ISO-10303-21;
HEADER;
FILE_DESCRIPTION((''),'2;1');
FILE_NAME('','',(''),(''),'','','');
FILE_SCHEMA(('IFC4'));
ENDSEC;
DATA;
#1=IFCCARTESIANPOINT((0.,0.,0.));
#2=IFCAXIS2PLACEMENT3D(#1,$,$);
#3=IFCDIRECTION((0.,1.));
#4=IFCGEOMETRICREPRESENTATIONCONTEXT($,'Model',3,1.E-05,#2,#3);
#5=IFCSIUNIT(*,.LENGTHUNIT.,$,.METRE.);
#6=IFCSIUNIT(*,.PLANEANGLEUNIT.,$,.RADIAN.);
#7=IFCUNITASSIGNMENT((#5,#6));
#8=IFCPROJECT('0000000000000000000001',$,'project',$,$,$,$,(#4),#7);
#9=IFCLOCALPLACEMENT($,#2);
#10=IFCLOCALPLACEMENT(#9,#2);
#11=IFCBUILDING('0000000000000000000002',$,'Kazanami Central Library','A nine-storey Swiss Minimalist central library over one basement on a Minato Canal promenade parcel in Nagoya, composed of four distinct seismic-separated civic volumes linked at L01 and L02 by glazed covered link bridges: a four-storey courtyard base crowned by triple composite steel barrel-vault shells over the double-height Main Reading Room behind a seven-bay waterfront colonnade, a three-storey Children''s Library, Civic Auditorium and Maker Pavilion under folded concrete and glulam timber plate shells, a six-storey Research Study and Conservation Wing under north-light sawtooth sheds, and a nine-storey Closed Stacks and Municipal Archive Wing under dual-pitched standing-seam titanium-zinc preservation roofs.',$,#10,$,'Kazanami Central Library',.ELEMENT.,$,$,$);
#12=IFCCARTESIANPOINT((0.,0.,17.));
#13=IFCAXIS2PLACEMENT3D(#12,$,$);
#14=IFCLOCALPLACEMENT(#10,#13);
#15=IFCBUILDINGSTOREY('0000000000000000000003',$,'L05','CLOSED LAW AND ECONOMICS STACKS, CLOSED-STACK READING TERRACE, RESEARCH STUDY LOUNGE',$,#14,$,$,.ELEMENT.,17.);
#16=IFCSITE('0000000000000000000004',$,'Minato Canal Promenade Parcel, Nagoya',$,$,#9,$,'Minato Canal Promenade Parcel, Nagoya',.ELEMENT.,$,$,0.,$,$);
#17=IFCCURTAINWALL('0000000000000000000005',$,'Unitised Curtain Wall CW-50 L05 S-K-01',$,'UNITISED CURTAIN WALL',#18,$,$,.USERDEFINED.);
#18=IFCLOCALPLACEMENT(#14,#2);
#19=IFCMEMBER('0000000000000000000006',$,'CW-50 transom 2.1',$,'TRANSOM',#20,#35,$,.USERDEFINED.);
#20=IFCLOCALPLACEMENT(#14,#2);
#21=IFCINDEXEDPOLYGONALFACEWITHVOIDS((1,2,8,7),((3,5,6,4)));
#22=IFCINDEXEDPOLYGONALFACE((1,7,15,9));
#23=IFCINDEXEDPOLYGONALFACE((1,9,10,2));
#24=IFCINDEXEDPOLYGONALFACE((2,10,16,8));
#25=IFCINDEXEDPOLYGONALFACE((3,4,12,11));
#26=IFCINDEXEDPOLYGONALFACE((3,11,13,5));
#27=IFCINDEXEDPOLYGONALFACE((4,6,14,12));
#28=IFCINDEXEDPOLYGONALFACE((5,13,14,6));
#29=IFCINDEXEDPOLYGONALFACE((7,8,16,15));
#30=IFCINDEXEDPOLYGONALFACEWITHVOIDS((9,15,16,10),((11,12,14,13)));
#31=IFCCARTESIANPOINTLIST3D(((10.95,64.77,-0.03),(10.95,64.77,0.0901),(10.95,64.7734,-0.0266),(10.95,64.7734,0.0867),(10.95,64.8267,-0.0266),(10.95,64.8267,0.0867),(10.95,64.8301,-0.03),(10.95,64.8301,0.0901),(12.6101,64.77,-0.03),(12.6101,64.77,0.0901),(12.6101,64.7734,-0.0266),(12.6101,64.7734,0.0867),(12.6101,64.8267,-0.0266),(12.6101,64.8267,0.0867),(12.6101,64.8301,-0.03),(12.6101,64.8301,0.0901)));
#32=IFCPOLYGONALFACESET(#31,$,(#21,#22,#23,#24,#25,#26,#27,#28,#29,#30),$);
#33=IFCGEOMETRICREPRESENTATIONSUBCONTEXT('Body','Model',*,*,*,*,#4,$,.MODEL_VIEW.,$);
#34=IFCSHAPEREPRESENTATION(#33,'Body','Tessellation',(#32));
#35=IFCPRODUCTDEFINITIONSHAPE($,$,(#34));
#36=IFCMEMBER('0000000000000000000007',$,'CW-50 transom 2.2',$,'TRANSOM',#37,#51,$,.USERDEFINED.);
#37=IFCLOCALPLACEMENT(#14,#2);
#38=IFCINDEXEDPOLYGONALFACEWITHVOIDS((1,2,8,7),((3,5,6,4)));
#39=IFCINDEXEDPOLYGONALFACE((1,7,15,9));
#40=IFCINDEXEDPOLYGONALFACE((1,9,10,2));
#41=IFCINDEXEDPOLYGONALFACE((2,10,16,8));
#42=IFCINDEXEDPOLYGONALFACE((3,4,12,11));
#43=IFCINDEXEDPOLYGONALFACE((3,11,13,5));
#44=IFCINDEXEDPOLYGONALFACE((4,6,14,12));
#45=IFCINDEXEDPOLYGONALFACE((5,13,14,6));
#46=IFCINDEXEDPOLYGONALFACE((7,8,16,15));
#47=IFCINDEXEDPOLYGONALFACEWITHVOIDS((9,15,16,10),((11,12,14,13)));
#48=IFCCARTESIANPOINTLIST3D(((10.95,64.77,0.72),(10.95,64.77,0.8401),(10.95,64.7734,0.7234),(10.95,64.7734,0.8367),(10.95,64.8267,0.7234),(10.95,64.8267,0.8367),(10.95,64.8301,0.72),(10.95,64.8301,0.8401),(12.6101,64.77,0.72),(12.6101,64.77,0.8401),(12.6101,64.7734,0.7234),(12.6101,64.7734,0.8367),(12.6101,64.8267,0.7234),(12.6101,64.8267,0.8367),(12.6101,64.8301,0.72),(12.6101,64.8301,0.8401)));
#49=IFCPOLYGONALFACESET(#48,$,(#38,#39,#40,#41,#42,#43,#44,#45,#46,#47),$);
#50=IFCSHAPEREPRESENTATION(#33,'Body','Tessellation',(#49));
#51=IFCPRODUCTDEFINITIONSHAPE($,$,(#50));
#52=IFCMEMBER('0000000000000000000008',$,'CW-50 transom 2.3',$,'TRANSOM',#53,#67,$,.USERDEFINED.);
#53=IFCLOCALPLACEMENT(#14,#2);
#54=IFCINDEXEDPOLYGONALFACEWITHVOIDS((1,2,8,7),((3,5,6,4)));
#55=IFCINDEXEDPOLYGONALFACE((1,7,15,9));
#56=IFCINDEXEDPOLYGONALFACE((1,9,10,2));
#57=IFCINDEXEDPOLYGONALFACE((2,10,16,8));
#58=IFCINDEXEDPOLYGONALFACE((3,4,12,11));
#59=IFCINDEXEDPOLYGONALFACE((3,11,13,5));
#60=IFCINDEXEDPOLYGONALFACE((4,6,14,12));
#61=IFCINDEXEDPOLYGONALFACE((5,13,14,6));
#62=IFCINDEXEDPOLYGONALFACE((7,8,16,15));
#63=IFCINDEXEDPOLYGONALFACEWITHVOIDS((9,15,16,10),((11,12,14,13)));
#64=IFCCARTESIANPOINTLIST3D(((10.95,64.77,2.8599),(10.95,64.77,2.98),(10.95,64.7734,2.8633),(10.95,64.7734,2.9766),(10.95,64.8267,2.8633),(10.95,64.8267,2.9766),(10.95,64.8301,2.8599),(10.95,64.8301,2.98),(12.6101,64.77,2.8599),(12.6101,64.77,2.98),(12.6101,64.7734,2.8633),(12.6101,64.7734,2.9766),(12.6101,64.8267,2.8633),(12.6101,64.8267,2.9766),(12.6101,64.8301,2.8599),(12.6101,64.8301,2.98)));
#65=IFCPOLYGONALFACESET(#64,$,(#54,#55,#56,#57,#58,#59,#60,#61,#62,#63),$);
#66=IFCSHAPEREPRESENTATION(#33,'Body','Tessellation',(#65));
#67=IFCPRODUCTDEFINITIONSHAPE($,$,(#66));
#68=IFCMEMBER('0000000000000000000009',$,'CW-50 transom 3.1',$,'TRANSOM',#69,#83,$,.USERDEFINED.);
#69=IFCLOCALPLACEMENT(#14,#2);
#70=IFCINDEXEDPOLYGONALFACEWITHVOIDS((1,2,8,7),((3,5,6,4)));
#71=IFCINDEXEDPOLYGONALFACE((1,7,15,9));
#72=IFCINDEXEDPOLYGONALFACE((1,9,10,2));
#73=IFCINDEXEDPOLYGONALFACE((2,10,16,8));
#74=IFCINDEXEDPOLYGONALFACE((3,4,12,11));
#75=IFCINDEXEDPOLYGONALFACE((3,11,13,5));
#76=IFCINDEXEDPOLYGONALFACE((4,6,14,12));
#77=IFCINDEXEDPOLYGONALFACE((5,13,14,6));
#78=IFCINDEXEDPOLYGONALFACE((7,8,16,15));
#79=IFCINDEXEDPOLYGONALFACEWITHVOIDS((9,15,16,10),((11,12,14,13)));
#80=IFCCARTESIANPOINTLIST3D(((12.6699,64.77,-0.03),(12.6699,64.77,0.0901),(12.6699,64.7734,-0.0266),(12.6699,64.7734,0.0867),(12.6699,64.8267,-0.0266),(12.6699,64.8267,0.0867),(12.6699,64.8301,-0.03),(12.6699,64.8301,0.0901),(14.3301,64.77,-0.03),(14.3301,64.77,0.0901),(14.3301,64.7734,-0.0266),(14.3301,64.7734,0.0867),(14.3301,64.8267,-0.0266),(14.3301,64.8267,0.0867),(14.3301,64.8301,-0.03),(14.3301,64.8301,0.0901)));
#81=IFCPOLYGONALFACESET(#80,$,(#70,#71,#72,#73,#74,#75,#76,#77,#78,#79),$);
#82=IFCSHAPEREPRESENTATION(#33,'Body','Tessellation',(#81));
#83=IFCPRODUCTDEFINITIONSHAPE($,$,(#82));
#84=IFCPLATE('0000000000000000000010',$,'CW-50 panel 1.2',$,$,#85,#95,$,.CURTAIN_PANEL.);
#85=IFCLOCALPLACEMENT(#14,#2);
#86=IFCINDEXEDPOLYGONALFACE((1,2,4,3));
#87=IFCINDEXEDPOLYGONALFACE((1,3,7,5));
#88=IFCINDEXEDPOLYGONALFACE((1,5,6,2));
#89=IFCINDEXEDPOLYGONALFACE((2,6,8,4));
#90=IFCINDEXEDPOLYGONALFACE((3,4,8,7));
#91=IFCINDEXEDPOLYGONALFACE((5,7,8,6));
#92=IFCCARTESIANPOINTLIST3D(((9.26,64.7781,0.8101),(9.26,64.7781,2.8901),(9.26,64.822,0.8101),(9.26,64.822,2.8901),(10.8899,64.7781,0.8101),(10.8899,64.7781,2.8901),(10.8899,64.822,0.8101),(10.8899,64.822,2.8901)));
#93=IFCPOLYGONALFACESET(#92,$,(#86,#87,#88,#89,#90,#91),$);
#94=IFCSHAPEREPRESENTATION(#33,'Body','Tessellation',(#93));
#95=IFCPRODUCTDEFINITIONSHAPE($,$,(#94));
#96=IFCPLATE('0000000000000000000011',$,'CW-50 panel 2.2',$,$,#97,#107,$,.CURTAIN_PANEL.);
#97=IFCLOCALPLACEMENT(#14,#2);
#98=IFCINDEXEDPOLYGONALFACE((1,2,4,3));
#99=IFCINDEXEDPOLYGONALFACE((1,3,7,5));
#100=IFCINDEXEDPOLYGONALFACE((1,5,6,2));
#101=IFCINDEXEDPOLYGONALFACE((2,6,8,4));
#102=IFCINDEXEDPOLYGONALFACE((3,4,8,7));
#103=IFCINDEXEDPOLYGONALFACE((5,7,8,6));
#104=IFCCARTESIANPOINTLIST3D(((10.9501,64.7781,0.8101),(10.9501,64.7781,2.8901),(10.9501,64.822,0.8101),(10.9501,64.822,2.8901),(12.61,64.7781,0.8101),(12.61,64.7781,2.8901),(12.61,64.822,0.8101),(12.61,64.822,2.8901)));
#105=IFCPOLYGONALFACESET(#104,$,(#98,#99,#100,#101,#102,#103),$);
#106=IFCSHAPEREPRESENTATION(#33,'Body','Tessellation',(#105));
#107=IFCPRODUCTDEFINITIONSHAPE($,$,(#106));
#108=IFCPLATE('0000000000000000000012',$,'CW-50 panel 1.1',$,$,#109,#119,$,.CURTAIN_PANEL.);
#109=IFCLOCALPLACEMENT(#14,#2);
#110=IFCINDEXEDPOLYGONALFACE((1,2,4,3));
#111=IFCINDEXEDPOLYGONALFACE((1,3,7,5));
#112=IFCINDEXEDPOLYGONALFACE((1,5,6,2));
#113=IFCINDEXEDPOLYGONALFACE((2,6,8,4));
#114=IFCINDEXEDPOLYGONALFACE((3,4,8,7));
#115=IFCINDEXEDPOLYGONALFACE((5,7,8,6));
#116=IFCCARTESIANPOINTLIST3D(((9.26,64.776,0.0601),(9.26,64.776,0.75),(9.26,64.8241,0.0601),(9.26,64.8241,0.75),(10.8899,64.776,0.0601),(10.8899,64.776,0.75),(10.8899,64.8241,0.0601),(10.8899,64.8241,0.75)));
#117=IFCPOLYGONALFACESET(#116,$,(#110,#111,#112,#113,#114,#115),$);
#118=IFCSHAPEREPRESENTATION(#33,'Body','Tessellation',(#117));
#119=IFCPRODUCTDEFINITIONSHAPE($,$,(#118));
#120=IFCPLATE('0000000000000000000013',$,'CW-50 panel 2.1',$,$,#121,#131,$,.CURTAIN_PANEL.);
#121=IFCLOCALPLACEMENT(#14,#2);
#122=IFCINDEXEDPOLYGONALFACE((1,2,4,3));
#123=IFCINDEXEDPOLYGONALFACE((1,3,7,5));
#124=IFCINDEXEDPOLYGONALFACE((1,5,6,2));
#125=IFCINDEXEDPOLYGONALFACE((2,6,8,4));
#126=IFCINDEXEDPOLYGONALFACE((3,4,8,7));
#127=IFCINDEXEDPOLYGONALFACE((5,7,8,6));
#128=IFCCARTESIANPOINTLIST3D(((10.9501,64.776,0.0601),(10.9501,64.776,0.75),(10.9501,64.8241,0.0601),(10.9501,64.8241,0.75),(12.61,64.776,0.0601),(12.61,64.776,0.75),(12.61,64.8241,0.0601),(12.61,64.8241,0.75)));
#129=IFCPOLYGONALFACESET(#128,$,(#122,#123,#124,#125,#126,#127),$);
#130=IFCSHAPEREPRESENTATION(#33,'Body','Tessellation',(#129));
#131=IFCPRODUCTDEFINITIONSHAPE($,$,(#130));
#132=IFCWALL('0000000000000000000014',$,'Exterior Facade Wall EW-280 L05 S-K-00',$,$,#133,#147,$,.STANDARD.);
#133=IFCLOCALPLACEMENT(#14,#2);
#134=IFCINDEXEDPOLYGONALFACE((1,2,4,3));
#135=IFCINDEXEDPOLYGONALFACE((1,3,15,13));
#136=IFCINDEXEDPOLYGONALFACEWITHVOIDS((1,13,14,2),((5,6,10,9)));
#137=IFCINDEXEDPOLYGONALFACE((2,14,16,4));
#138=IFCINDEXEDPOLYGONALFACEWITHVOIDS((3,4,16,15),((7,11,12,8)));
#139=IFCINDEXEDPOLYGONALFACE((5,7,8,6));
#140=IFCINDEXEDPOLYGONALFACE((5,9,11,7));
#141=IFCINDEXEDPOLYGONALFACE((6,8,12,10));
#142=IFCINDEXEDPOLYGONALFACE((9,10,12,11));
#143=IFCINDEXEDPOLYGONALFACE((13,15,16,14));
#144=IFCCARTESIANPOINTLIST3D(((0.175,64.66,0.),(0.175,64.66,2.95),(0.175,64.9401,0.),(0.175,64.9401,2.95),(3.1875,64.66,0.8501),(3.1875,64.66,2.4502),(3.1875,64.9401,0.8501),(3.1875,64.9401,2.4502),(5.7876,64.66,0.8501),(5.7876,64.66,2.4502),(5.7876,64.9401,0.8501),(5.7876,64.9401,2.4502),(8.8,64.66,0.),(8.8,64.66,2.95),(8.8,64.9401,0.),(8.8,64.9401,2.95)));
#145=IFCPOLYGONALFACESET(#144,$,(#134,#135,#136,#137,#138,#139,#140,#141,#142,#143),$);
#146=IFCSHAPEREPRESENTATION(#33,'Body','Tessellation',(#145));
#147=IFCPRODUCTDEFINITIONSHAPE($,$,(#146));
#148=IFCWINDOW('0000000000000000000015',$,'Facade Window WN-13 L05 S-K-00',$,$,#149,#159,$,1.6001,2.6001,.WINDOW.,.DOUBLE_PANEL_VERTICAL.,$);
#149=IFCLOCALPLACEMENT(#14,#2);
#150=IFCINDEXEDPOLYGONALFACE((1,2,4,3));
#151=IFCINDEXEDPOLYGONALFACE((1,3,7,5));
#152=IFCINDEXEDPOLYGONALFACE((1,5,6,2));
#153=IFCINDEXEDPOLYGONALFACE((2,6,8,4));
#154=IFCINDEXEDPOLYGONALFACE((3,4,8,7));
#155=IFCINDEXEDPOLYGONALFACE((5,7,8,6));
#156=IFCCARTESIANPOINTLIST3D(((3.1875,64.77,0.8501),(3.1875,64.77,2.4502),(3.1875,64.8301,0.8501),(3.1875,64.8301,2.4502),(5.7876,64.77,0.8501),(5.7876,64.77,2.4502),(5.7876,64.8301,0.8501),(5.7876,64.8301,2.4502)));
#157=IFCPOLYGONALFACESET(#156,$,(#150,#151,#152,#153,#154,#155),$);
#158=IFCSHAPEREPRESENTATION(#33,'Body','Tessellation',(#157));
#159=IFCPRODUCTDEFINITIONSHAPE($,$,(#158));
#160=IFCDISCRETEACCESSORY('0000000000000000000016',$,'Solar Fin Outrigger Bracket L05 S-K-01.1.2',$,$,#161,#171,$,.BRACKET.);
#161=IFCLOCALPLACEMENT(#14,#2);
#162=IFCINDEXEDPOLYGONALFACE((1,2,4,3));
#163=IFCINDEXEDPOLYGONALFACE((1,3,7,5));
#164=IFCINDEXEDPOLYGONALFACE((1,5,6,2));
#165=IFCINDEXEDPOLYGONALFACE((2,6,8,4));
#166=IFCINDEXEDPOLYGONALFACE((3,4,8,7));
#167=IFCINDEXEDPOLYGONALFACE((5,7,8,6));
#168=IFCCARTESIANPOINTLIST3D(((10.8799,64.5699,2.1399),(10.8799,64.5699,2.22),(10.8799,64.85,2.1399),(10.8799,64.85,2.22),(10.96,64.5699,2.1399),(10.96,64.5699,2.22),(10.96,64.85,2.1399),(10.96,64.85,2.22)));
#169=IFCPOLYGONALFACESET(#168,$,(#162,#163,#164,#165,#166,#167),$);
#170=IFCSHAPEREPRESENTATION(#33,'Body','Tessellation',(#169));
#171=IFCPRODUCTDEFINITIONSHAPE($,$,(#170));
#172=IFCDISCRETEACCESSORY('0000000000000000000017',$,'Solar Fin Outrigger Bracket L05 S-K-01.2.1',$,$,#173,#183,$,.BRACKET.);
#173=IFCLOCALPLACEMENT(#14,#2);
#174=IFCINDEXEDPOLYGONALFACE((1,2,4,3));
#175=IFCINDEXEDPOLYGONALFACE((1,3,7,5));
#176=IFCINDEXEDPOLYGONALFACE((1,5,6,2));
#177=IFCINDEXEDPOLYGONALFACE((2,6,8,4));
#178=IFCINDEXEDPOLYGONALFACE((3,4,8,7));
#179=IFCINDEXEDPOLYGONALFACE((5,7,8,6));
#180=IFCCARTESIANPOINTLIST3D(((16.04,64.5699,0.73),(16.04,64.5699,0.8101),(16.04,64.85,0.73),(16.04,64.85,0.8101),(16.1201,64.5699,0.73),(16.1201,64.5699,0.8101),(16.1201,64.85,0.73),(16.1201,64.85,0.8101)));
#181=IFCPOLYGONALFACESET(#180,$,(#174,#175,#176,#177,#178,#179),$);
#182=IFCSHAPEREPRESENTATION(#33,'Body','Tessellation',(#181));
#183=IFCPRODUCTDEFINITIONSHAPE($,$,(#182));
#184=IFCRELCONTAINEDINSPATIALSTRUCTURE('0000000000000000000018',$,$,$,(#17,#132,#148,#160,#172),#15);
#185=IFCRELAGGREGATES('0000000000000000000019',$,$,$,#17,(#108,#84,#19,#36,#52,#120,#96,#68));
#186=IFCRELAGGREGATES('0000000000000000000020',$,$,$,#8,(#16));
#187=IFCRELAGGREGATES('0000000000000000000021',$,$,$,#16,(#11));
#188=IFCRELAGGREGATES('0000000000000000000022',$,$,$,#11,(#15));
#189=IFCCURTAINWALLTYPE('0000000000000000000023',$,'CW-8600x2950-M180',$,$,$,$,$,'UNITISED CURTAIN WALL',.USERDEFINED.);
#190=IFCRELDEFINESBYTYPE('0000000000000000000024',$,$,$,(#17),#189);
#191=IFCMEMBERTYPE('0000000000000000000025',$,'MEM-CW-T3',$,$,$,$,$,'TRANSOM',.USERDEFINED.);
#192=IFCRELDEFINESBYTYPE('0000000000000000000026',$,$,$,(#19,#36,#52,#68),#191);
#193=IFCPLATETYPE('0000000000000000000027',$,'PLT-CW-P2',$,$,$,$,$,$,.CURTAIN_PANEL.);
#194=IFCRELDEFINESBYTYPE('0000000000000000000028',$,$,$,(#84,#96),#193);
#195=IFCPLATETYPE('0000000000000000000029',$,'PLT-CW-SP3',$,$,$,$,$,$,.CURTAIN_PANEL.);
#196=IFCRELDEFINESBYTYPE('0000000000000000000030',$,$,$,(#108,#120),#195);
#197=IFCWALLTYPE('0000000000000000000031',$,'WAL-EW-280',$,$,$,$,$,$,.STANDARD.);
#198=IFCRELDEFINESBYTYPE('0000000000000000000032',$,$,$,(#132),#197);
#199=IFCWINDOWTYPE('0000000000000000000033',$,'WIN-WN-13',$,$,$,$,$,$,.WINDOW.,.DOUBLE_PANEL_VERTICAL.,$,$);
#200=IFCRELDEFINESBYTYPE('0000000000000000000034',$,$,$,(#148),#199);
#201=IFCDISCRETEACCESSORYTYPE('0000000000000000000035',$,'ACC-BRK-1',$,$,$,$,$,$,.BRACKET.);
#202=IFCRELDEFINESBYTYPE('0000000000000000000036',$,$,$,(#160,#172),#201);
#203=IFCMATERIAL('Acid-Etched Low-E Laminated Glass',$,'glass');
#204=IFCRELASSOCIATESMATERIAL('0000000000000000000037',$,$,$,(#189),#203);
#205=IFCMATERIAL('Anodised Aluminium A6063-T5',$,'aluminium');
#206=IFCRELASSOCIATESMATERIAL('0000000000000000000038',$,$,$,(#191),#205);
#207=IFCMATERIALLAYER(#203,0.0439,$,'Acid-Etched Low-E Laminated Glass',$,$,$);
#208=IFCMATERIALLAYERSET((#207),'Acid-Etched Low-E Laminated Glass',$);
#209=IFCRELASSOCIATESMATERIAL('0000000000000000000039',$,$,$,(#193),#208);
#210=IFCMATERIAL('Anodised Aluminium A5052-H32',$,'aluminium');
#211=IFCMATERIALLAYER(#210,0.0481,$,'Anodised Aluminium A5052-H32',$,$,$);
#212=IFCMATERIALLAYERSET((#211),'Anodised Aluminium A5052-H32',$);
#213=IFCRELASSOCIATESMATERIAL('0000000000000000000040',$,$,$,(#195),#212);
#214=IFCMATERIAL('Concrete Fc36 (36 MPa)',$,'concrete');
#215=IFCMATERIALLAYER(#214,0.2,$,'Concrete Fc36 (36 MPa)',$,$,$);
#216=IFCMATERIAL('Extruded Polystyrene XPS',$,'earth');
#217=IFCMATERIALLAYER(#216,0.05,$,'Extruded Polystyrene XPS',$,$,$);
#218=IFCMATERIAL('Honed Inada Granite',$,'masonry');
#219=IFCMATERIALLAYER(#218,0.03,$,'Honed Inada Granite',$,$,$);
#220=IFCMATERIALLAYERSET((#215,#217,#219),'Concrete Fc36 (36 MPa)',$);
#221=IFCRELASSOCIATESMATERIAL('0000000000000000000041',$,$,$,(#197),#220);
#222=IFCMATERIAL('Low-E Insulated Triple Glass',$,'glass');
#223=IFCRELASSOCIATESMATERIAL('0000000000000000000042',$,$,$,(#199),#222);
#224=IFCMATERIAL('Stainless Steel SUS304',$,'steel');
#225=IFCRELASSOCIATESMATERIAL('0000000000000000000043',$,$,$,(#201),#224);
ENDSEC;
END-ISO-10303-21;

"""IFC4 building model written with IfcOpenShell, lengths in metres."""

from ifc_helpers import new_model, si_unit, direction, frame, frame_2d, origin, origin_2d, place, context, subcontext, project, spatial, rectangle, hollow_rectangle, extrude, material, layer, layer_set, material_profile, profile_set, type_object, element, fill, aggregate, save


model = new_model("IFC4")

# Units and contexts
model_context = context("Model", 3, precision=1e-05, world=origin(), true_north=direction((0.0, 1.0)))
body_context = subcontext(model_context, "Body", "Model", "MODEL_VIEW")
ifc_project = project(units=[si_unit("LENGTHUNIT", "METRE"), si_unit("PLANEANGLEUNIT", "RADIAN")], contexts=[model_context])

# Site, building, storey
site_placement = place(None, origin())
site = spatial("IfcSite", under=ifc_project, at=site_placement, Name="Minato Canal Promenade Parcel, Nagoya", LongName="Minato Canal Promenade Parcel, Nagoya", CompositionType="ELEMENT", RefElevation=0.0)
building_placement = place(site_placement, origin())
building = spatial("IfcBuilding", under=site, at=building_placement, Name="Kazanami Central Library", Description="A nine-storey Swiss Minimalist central library over one basement on a Minato Canal promenade parcel in Nagoya, composed of four distinct seismic-separated civic volumes linked at L01 and L02 by glazed covered link bridges: a four-storey courtyard base crowned by triple composite steel barrel-vault shells over the double-height Main Reading Room behind a seven-bay waterfront colonnade, a three-storey Children's Library, Civic Auditorium and Maker Pavilion under folded concrete and glulam timber plate shells, a six-storey Research Study and Conservation Wing under north-light sawtooth sheds, and a nine-storey Closed Stacks and Municipal Archive Wing under dual-pitched standing-seam titanium-zinc preservation roofs.", LongName="Kazanami Central Library", CompositionType="ELEMENT")
storey_placement = place(building_placement, frame((0.0, 0.0, 17.0)))
storey = spatial("IfcBuildingStorey", under=building, at=storey_placement, Name="L05", Description="CLOSED LAW AND ECONOMICS STACKS, CLOSED-STACK READING TERRACE, RESEARCH STUDY LOUNGE", CompositionType="ELEMENT", Elevation=17.0)

# Curtain wall, members, plates
ifc_material_1 = material(Name="Acid-Etched Low-E Laminated Glass", Category="glass")
curtain_wall_type = type_object("IfcCurtainWallType", Name="CW-8600x2950-M180", ElementType="UNITISED CURTAIN WALL", PredefinedType="USERDEFINED", material=ifc_material_1)
curtain_wall_placement = place(storey_placement, origin())
curtain_wall = element("IfcCurtainWall", 1, at=curtain_wall_placement, inside=storey, type_object=curtain_wall_type, Name="Unitised Curtain Wall CW-50 L05 S-K-01", ObjectType="UNITISED CURTAIN WALL", PredefinedType="USERDEFINED")
ifc_material_2 = material(Name="Anodised Aluminium A6063-T5", Category="aluminium")
ifc_material_profile_1 = material_profile(ifc_material_2, hollow_rectangle(XDim=0.0601, YDim=0.1201, WallThickness=0.0034, at=origin_2d()), Name="ALU-TRAN-60x120x3.5")
ifc_profile_set_1 = profile_set([ifc_material_profile_1], Name="Anodised Aluminium A6063-T5")
member_type_1 = type_object("IfcMemberType", Name="MEM-CW-T3", ElementType="TRANSOM", PredefinedType="USERDEFINED", material=ifc_profile_set_1)
member_1_placement = place(storey_placement, frame((10.95, 64.8, 0.03), z_axis=(1.0, 0.0, 0.0), x_axis=(0.0, 1.0, 0.0)))
member_1 = element("IfcMember", 2, at=member_1_placement, type_object=member_type_1, Name="CW-50 transom 2.1", ObjectType="TRANSOM", PredefinedType="USERDEFINED", context=body_context, shape_type="SweptSolid", body=[
    extrude(hollow_rectangle(XDim=0.0601, YDim=0.1201, WallThickness=0.0034, at=origin_2d()), origin(), (0.0, 0.0, 1.0), 1.6602),
])
member_2_placement = place(storey_placement, frame((10.95, 64.8, 0.78), z_axis=(1.0, 0.0, 0.0), x_axis=(0.0, 1.0, 0.0)))
member_2 = element("IfcMember", 3, at=member_2_placement, type_object=member_type_1, Name="CW-50 transom 2.2", ObjectType="TRANSOM", PredefinedType="USERDEFINED", context=body_context, shape_type="SweptSolid", body=[
    extrude(hollow_rectangle(XDim=0.0601, YDim=0.1201, WallThickness=0.0034, at=origin_2d()), origin(), (0.0, 0.0, 1.0), 1.6602),
])
member_3_placement = place(storey_placement, frame((10.95, 64.8, 2.9199), z_axis=(1.0, 0.0, 0.0), x_axis=(0.0, 1.0, 0.0)))
member_3 = element("IfcMember", 4, at=member_3_placement, type_object=member_type_1, Name="CW-50 transom 2.3", ObjectType="TRANSOM", PredefinedType="USERDEFINED", context=body_context, shape_type="SweptSolid", body=[
    extrude(hollow_rectangle(XDim=0.0601, YDim=0.1201, WallThickness=0.0034, at=origin_2d()), origin(), (0.0, 0.0, 1.0), 1.6602),
])
member_4_placement = place(storey_placement, frame((12.6699, 64.8, 0.03), z_axis=(1.0, 0.0, 0.0), x_axis=(0.0, 1.0, 0.0)))
member_4 = element("IfcMember", 5, at=member_4_placement, type_object=member_type_1, Name="CW-50 transom 3.1", ObjectType="TRANSOM", PredefinedType="USERDEFINED", context=body_context, shape_type="SweptSolid", body=[
    extrude(hollow_rectangle(XDim=0.0601, YDim=0.1201, WallThickness=0.0034, at=origin_2d()), origin(), (0.0, 0.0, 1.0), 1.6602),
])
ifc_layer_1 = layer(ifc_material_1, 0.0439, Name="Acid-Etched Low-E Laminated Glass")
ifc_layer_set_1 = layer_set([ifc_layer_1], Name="Acid-Etched Low-E Laminated Glass")
plate_type_1 = type_object("IfcPlateType", Name="PLT-CW-P2", PredefinedType="CURTAIN_PANEL", material=ifc_layer_set_1)
plate_1_placement = place(storey_placement, frame((10.075, 64.8, 0.8101), z_axis=(0.0, 0.0, 1.0), x_axis=(1.0, 0.0, 0.0)))
plate_1 = element("IfcPlate", 6, at=plate_1_placement, type_object=plate_type_1, Name="CW-50 panel 1.2", PredefinedType="CURTAIN_PANEL", context=body_context, shape_type="SweptSolid", body=[
    extrude(rectangle(XDim=1.6299, YDim=0.0439, at=origin_2d()), origin(), (0.0, 0.0, 1.0), 2.0801),
])
plate_2_placement = place(storey_placement, frame((11.78, 64.8, 0.8101), z_axis=(0.0, 0.0, 1.0), x_axis=(1.0, 0.0, 0.0)))
plate_2 = element("IfcPlate", 7, at=plate_2_placement, type_object=plate_type_1, Name="CW-50 panel 2.2", PredefinedType="CURTAIN_PANEL", context=body_context, shape_type="SweptSolid", body=[
    extrude(rectangle(XDim=1.6599, YDim=0.0439, at=origin_2d()), origin(), (0.0, 0.0, 1.0), 2.0801),
])
ifc_material_3 = material(Name="Anodised Aluminium A5052-H32", Category="aluminium")
ifc_layer_2 = layer(ifc_material_3, 0.0481, Name="Anodised Aluminium A5052-H32")
ifc_layer_set_2 = layer_set([ifc_layer_2], Name="Anodised Aluminium A5052-H32")
plate_type_2 = type_object("IfcPlateType", Name="PLT-CW-SP3", PredefinedType="CURTAIN_PANEL", material=ifc_layer_set_2)
plate_3_placement = place(storey_placement, frame((10.075, 64.8, 0.0601), z_axis=(0.0, 0.0, 1.0), x_axis=(1.0, 0.0, 0.0)))
plate_3 = element("IfcPlate", 8, at=plate_3_placement, type_object=plate_type_2, Name="CW-50 panel 1.1", PredefinedType="CURTAIN_PANEL", context=body_context, shape_type="SweptSolid", body=[
    extrude(rectangle(XDim=1.6299, YDim=0.0481, at=origin_2d()), origin(), (0.0, 0.0, 1.0), 0.6899),
])
plate_4_placement = place(storey_placement, frame((11.78, 64.8, 0.0601), z_axis=(0.0, 0.0, 1.0), x_axis=(1.0, 0.0, 0.0)))
plate_4 = element("IfcPlate", 9, at=plate_4_placement, type_object=plate_type_2, Name="CW-50 panel 2.1", PredefinedType="CURTAIN_PANEL", context=body_context, shape_type="SweptSolid", body=[
    extrude(rectangle(XDim=1.6599, YDim=0.0481, at=origin_2d()), origin(), (0.0, 0.0, 1.0), 0.6899),
])
aggregate(curtain_wall, [plate_3, plate_1, member_1, member_2, member_3, plate_4, plate_2, member_4])

# Wall, opening, window
ifc_material_4 = material(Name="Concrete Fc36 (36 MPa)", Category="concrete")
ifc_layer_3 = layer(ifc_material_4, 0.2, Name="Concrete Fc36 (36 MPa)")
ifc_material_5 = material(Name="Extruded Polystyrene XPS", Category="earth")
ifc_layer_4 = layer(ifc_material_5, 0.05, Name="Extruded Polystyrene XPS")
ifc_material_6 = material(Name="Honed Inada Granite", Category="masonry")
ifc_layer_5 = layer(ifc_material_6, 0.03, Name="Honed Inada Granite")
ifc_layer_set_3 = layer_set([ifc_layer_3, ifc_layer_4, ifc_layer_5], Name="Concrete Fc36 (36 MPa)")
wall_type = type_object("IfcWallType", Name="WAL-EW-280", PredefinedType="STANDARD", material=ifc_layer_set_3)
wall_placement = place(storey_placement, frame((0.175, 64.8, 0.0), z_axis=(0.0, 0.0, 1.0), x_axis=(1.0, 0.0, 0.0)))
wall = element("IfcWall", 10, at=wall_placement, inside=storey, type_object=wall_type, Name="Exterior Facade Wall EW-280 L05 S-K-00", PredefinedType="STANDARD", context=body_context, shape_type="SweptSolid", body=[
    extrude(rectangle(XDim=8.625, YDim=0.28, at=frame_2d((4.3125, 0.0))), origin(), (0.0, 0.0, 1.0), 2.95),
])
opening_placement = place(wall_placement, frame((3.0125, 0.0, 0.8501)))
opening = element("IfcOpeningElement", 11, at=opening_placement, cuts=wall, PredefinedType="OPENING", context=body_context, shape_type="SweptSolid", body=[
    extrude(rectangle(XDim=2.6001, YDim=1.6001, at=frame_2d((1.3, 0.8))), frame((0.0, 0.1519, 0.0), z_axis=(0.0, -1.0, 0.0), x_axis=(1.0, 0.0, 0.0)), (0.0, 0.0, 1.0), 0.304),
])
ifc_material_7 = material(Name="Low-E Insulated Triple Glass", Category="glass")
window_type = type_object("IfcWindowType", Name="WIN-WN-13", PartitioningType="DOUBLE_PANEL_VERTICAL", PredefinedType="WINDOW", material=ifc_material_7)
window_placement = place(opening_placement, origin())
window = element("IfcWindow", 12, at=window_placement, inside=storey, type_object=window_type, Name="Facade Window WN-13 L05 S-K-00", OverallHeight=1.6001, OverallWidth=2.6001, PartitioningType="DOUBLE_PANEL_VERTICAL", PredefinedType="WINDOW", context=body_context, shape_type="SweptSolid", body=[
    extrude(rectangle(XDim=2.6001, YDim=1.6001, at=frame_2d((1.3, 0.8))), frame((0.0, 0.03, 0.0), z_axis=(0.0, -1.0, 0.0), x_axis=(1.0, 0.0, 0.0)), (0.0, 0.0, 1.0), 0.0601),
])
fill(opening, window)

# Discrete accessories
ifc_material_8 = material(Name="Stainless Steel SUS304", Category="steel")
discrete_accessory_type = type_object("IfcDiscreteAccessoryType", Name="ACC-BRK-1", PredefinedType="BRACKET", material=ifc_material_8)
for number, where, z_axis, x_axis, name in (
    (13, (10.9199, 64.71, 2.1399), (0.0, 0.0, 1.0), (1.0, 0.0, 0.0), "Solar Fin Outrigger Bracket L05 S-K-01.1.2"),
    (14, (16.0801, 64.71, 0.73), (0.0, 0.0, 1.0), (1.0, 0.0, 0.0), "Solar Fin Outrigger Bracket L05 S-K-01.2.1"),
):
    element("IfcDiscreteAccessory", number, at=place(storey_placement, frame(where, z_axis=z_axis, x_axis=x_axis)), inside=storey, type_object=discrete_accessory_type, Name=name, PredefinedType="BRACKET", context=body_context, shape_type="SweptSolid", body=[
        extrude(rectangle(XDim=0.0801, YDim=0.28, at=origin_2d()), origin(), (0.0, 0.0, 1.0), 0.0801),
    ])

save(model, "model.ifc")
